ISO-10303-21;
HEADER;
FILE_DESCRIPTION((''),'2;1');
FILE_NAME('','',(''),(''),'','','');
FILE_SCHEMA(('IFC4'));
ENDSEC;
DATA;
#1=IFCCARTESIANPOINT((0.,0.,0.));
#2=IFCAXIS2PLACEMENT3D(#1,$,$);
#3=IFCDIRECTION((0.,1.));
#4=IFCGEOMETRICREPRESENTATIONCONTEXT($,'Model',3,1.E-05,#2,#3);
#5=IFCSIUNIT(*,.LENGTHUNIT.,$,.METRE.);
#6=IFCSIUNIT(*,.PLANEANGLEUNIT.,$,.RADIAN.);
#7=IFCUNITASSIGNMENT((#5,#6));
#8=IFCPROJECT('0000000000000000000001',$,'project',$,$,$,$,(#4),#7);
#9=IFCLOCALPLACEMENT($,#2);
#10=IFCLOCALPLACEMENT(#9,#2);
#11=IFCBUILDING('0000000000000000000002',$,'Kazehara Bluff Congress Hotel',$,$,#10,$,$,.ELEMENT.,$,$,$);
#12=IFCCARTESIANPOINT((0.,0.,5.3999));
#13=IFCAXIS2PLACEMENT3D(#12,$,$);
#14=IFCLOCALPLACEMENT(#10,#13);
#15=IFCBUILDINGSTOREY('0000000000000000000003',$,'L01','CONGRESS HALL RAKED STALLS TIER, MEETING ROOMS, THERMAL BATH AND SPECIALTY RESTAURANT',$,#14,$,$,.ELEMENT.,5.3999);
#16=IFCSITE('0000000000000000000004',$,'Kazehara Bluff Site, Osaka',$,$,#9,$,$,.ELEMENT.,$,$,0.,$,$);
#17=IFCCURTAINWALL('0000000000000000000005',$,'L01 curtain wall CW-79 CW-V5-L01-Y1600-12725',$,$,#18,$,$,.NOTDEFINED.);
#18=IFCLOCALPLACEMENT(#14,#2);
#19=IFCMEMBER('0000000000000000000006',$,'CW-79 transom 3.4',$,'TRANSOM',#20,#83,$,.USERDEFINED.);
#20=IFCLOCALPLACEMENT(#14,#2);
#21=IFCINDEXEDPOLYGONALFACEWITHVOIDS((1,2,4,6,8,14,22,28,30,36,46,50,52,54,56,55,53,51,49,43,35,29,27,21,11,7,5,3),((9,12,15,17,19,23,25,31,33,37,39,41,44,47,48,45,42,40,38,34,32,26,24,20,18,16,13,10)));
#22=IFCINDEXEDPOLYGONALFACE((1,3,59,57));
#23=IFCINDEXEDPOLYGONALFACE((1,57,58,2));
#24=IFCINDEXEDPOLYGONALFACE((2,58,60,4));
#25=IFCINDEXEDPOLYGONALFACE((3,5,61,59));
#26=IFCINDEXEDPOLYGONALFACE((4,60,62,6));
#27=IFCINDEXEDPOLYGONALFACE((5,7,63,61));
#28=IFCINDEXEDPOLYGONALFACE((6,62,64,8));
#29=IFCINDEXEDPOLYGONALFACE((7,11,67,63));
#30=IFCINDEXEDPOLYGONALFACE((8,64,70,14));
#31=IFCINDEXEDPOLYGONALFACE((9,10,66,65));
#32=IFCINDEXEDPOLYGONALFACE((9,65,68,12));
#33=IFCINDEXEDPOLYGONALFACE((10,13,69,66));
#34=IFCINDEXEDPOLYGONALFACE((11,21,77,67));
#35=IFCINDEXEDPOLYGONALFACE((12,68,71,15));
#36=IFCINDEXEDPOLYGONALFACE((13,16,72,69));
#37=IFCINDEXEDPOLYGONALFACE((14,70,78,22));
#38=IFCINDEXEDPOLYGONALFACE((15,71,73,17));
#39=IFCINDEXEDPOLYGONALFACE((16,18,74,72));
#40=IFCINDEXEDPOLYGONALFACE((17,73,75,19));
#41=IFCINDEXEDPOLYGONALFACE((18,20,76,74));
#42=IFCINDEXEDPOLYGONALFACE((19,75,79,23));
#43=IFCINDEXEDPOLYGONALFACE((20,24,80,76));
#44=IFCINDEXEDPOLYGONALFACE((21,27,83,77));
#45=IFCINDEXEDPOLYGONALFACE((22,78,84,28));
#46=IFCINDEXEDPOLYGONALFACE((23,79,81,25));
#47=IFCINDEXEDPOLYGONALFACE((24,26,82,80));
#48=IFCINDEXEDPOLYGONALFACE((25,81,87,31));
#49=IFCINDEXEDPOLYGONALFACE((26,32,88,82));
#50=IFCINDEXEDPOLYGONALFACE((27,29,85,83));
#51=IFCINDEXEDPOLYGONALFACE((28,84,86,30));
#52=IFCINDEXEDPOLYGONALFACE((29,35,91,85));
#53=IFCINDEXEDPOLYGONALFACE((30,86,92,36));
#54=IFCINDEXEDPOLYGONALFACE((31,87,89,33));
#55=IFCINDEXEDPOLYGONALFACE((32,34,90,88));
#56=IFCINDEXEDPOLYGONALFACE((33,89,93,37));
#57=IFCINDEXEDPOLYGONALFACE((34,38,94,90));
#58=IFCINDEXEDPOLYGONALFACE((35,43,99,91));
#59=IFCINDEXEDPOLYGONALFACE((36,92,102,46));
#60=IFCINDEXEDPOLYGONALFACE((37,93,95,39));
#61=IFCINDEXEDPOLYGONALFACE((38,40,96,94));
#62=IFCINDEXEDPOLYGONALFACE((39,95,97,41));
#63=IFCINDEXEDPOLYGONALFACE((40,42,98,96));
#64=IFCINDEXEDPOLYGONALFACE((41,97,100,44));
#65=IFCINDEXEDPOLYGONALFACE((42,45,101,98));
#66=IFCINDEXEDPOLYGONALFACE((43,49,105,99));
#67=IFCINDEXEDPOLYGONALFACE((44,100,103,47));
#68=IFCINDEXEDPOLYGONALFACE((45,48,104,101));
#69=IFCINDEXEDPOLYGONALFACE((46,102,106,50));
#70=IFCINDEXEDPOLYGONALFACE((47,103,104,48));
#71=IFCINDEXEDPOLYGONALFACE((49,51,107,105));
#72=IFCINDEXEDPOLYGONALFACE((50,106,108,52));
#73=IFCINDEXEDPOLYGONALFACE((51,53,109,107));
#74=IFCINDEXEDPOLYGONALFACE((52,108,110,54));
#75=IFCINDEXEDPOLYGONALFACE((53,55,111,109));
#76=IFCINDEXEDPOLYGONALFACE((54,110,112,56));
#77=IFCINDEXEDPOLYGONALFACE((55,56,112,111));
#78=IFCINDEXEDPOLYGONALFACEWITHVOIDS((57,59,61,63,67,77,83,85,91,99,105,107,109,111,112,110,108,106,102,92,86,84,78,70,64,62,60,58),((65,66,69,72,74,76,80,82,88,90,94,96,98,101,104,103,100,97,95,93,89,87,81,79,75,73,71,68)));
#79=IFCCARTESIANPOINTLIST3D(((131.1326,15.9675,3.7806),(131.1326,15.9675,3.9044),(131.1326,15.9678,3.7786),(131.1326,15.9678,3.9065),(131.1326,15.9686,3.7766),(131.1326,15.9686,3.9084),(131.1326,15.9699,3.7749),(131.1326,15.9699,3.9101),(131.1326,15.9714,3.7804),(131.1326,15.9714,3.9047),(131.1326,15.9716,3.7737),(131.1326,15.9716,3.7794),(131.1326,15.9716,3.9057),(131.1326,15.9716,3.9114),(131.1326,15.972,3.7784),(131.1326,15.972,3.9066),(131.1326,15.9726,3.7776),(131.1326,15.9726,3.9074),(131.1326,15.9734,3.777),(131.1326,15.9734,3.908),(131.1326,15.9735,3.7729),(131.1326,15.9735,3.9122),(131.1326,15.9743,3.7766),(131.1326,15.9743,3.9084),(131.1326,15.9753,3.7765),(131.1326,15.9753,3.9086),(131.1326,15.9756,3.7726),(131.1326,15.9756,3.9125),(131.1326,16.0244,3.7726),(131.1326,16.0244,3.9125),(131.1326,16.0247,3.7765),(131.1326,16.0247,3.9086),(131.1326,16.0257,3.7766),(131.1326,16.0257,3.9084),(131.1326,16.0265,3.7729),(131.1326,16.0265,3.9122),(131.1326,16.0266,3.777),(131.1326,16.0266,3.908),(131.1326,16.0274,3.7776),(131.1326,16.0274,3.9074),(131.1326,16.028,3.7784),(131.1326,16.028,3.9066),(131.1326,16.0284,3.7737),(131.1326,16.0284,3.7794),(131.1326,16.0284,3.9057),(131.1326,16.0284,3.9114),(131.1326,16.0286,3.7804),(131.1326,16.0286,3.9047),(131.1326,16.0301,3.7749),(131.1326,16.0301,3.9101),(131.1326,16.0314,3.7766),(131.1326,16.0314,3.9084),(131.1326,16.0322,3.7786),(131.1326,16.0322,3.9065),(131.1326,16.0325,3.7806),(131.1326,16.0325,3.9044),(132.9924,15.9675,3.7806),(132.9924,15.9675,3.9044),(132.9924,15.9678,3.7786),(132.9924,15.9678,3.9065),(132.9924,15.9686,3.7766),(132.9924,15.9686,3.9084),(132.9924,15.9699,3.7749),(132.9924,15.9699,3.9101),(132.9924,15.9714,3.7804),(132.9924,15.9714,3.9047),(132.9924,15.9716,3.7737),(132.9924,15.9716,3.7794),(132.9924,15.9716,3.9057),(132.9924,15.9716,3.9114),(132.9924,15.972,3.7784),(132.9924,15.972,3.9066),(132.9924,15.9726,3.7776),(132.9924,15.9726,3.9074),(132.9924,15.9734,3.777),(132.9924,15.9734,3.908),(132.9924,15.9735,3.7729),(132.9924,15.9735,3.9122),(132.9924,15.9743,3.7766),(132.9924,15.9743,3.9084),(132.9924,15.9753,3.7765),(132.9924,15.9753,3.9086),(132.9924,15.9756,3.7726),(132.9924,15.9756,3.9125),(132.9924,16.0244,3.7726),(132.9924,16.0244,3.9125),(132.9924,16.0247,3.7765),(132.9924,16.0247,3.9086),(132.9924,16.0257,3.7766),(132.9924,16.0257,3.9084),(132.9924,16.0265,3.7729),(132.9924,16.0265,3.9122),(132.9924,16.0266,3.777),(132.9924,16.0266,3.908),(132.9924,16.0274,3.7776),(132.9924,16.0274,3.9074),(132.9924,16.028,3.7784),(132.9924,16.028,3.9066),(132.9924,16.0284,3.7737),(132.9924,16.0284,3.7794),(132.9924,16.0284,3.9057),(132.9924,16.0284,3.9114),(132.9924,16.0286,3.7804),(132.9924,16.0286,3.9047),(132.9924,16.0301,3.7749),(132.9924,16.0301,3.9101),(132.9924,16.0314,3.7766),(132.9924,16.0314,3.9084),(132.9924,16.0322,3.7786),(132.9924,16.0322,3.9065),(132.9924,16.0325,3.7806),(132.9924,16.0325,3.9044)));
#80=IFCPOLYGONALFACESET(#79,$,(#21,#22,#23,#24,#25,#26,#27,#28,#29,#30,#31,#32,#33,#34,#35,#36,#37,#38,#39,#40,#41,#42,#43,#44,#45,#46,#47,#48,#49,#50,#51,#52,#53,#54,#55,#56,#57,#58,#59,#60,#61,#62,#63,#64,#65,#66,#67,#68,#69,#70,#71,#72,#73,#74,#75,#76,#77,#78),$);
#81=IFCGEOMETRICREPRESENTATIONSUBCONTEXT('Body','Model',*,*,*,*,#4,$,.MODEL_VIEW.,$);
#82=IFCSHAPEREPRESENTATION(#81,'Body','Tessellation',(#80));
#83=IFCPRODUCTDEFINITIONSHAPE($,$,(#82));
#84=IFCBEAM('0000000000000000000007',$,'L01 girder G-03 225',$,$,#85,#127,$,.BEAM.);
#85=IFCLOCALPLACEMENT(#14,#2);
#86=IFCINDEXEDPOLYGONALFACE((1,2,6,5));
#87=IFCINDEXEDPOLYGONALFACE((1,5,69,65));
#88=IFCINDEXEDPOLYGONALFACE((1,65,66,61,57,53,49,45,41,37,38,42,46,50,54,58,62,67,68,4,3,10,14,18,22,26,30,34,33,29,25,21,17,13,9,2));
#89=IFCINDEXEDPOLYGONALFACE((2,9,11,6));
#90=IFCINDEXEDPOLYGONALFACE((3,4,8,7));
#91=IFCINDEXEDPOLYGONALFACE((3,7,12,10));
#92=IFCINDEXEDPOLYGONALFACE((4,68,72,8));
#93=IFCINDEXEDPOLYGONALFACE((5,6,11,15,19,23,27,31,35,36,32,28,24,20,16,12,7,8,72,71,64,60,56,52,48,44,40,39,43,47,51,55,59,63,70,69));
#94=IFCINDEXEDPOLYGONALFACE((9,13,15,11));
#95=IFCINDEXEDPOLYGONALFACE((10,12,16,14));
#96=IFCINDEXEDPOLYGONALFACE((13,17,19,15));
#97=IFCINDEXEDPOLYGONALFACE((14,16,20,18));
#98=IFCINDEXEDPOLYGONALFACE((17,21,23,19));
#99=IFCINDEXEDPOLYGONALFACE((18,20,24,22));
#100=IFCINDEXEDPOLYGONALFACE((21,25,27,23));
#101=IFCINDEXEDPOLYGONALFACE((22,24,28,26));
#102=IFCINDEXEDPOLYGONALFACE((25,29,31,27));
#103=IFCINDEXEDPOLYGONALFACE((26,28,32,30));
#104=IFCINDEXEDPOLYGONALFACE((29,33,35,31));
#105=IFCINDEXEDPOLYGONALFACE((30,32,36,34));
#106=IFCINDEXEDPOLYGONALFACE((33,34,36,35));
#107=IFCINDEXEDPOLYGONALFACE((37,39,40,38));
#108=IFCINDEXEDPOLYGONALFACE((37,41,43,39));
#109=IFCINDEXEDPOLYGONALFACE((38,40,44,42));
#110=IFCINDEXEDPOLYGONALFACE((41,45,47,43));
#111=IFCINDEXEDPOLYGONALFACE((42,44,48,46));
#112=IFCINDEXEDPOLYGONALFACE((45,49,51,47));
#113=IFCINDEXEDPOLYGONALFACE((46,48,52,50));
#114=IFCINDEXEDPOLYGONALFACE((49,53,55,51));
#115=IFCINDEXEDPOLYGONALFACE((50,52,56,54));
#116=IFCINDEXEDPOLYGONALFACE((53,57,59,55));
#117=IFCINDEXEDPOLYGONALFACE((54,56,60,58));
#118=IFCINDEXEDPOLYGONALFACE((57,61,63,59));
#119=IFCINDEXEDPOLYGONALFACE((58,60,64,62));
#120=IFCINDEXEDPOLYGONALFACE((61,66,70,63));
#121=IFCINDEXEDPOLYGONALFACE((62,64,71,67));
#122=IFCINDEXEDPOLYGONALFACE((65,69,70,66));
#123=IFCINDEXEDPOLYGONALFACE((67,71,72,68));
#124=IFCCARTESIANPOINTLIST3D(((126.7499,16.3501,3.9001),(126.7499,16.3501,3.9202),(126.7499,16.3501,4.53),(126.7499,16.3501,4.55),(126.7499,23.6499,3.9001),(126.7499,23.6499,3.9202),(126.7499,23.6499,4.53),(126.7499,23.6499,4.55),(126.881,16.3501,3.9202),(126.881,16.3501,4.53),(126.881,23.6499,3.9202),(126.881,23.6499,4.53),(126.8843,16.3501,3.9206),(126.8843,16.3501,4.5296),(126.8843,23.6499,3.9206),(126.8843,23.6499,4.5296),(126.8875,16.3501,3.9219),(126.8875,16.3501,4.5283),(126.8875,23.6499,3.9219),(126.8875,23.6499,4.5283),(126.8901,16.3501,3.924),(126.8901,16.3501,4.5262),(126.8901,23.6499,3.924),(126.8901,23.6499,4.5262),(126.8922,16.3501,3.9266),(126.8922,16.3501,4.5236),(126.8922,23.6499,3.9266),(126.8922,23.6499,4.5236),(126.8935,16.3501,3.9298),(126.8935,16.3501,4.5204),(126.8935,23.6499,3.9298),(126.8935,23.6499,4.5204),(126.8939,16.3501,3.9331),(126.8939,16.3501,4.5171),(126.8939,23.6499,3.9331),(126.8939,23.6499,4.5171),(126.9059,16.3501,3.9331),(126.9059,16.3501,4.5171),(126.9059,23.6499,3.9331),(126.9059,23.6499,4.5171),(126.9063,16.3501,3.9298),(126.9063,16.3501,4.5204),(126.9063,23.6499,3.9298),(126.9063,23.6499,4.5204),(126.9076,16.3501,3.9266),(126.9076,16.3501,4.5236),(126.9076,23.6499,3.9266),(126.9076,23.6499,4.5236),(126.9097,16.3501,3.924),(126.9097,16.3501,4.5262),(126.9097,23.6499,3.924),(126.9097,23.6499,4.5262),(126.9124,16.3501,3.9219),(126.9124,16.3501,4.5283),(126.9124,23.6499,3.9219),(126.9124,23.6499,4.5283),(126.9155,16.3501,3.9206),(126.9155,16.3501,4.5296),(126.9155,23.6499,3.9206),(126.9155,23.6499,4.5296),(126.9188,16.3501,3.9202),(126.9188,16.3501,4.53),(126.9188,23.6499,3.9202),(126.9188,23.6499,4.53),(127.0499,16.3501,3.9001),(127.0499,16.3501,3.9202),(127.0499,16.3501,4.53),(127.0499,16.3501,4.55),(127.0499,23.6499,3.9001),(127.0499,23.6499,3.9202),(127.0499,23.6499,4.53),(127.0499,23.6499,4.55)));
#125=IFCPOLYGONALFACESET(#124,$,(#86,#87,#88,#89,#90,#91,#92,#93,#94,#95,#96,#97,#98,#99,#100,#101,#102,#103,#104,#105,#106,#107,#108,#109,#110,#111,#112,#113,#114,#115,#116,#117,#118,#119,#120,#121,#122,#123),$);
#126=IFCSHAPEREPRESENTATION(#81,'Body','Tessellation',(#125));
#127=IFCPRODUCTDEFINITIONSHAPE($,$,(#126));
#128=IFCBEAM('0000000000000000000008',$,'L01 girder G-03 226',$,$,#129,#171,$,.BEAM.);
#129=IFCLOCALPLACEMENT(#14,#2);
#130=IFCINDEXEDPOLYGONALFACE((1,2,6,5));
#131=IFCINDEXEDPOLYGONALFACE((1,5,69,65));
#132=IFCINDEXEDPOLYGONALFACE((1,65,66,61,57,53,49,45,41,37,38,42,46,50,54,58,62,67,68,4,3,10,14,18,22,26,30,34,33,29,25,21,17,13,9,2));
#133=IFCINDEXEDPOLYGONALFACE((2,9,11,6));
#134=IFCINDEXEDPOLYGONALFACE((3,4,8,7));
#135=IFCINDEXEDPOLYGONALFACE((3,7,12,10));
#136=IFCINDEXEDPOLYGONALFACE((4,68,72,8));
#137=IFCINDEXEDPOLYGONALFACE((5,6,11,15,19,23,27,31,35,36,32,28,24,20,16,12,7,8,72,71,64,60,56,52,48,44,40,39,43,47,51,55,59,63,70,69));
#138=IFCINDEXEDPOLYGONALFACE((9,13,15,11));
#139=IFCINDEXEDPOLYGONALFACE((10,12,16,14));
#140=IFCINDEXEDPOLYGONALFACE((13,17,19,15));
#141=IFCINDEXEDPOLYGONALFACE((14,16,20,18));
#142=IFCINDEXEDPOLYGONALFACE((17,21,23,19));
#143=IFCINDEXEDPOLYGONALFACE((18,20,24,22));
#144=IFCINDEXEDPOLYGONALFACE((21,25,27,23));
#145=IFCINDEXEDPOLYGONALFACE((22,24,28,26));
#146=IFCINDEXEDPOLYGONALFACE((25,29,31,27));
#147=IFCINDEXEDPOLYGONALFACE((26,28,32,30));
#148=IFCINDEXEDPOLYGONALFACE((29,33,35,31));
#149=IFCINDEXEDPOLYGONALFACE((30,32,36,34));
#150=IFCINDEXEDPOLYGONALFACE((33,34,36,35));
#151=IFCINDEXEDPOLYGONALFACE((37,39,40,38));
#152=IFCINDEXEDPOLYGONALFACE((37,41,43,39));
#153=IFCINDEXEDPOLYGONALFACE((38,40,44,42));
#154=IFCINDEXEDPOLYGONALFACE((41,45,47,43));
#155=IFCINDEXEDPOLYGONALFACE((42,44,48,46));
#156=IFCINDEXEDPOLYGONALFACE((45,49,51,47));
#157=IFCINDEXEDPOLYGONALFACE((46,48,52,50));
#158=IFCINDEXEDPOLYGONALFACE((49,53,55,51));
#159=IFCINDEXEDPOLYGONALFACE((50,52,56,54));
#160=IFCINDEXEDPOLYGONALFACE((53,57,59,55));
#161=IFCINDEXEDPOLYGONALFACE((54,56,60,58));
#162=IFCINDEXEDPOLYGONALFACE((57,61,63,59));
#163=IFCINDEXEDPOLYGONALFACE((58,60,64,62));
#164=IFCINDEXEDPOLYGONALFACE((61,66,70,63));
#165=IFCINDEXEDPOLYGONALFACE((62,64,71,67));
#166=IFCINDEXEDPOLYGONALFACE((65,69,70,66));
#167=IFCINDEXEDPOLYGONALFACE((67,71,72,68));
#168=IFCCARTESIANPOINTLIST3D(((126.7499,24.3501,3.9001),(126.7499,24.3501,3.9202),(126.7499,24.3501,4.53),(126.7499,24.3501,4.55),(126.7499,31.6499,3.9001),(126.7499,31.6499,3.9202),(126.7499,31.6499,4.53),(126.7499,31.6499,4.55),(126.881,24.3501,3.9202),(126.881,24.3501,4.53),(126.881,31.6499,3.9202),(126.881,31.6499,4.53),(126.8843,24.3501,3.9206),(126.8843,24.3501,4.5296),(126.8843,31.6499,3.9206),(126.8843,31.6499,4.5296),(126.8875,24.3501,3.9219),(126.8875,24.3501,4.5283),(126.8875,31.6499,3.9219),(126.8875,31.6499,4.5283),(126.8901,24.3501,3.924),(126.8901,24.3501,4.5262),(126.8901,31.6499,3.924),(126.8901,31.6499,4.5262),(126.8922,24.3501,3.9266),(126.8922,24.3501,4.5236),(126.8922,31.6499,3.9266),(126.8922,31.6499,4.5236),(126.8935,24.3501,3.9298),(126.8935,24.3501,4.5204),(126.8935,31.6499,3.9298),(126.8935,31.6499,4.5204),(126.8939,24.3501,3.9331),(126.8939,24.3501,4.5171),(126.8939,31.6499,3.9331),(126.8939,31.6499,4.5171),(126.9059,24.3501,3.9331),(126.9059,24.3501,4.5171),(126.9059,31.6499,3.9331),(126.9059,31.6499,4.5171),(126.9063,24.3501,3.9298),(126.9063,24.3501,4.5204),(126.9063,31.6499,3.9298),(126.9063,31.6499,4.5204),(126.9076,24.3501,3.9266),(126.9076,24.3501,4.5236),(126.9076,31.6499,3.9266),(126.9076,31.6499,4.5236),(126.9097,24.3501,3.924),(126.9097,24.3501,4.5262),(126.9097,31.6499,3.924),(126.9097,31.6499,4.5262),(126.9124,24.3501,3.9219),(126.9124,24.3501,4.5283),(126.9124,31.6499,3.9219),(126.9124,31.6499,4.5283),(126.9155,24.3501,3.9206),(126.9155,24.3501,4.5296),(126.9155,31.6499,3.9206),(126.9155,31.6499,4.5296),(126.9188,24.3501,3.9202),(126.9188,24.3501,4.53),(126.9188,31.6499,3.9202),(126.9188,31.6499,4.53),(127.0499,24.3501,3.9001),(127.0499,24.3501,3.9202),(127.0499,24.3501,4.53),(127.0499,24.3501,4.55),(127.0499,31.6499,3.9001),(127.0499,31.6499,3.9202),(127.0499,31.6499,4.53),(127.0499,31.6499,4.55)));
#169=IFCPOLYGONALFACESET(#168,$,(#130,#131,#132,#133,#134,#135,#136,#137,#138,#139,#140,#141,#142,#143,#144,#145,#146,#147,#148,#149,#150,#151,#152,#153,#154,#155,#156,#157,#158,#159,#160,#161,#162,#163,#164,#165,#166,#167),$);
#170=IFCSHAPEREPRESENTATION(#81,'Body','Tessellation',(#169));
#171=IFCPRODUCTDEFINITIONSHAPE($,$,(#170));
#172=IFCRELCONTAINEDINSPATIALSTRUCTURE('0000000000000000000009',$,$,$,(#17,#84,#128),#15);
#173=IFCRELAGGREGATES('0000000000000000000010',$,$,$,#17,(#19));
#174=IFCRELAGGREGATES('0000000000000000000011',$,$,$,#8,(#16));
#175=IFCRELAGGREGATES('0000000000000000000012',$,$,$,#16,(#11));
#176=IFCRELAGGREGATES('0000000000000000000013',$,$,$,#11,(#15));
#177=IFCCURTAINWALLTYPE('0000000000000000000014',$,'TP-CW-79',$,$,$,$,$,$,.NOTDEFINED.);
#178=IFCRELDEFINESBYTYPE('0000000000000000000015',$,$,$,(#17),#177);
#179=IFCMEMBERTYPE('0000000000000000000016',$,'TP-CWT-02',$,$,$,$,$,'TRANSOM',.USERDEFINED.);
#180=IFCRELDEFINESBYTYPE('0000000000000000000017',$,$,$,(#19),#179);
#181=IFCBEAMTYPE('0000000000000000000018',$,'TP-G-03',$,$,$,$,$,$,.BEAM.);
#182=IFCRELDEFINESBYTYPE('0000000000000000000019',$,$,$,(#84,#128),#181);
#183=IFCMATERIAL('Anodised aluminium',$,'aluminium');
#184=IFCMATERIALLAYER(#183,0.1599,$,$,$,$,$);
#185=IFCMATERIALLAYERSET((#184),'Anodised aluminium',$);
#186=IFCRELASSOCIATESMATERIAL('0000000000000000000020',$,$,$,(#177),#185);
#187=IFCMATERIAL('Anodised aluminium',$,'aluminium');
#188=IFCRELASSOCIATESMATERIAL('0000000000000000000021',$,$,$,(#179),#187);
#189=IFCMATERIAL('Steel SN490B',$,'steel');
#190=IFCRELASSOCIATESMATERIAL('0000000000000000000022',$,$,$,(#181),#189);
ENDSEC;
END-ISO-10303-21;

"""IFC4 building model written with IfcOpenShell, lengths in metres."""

from ifc_helpers import new_model, si_unit, direction, frame, origin, origin_2d, place, context, subcontext, project, spatial, hollow_rectangle, i_section, extrude, material, layer, layer_set, material_profile, profile_set, type_object, element, aggregate, save


model = new_model("IFC4")

# Units and contexts
model_context = context("Model", 3, precision=1e-05, world=origin(), true_north=direction((0.0, 1.0)))
body_context = subcontext(model_context, "Body", "Model", "MODEL_VIEW")
ifc_project = project(units=[si_unit("LENGTHUNIT", "METRE"), si_unit("PLANEANGLEUNIT", "RADIAN")], contexts=[model_context])

# Site, building, storey
site_placement = place(None, origin())
site = spatial("IfcSite", under=ifc_project, at=site_placement, Name="Kazehara Bluff Site, Osaka", CompositionType="ELEMENT", RefElevation=0.0)
building_placement = place(site_placement, origin())
building = spatial("IfcBuilding", under=site, at=building_placement, Name="Kazehara Bluff Congress Hotel", CompositionType="ELEMENT")
storey_placement = place(building_placement, frame((0.0, 0.0, 5.3999)))
storey = spatial("IfcBuildingStorey", under=building, at=storey_placement, Name="L01", Description="CONGRESS HALL RAKED STALLS TIER, MEETING ROOMS, THERMAL BATH AND SPECIALTY RESTAURANT", CompositionType="ELEMENT", Elevation=5.3999)

# Curtain wall, member
ifc_material_1 = material(Name="Anodised aluminium", Category="aluminium")
ifc_layer_1 = layer(ifc_material_1, 0.1599)
ifc_layer_set_1 = layer_set([ifc_layer_1], Name="Anodised aluminium")
curtain_wall_type = type_object("IfcCurtainWallType", Name="TP-CW-79", PredefinedType="NOTDEFINED", material=ifc_layer_set_1)
curtain_wall_placement = place(storey_placement, origin())
curtain_wall = element("IfcCurtainWall", 1, at=curtain_wall_placement, inside=storey, type_object=curtain_wall_type, Name="L01 curtain wall CW-79 CW-V5-L01-Y1600-12725", PredefinedType="NOTDEFINED")
ifc_material_2 = material(Name="Anodised aluminium", Category="aluminium")
ifc_material_profile_1 = material_profile(ifc_material_2, hollow_rectangle(XDim=0.0649, YDim=0.1399, WallThickness=0.0039, InnerFilletRadius=0.0039, OuterFilletRadius=0.0081, at=origin_2d()))
ifc_profile_set_1 = profile_set([ifc_material_profile_1], Name="Anodised aluminium")
member_type_1 = type_object("IfcMemberType", Name="TP-CWT-02", ElementType="TRANSOM", PredefinedType="USERDEFINED", material=ifc_profile_set_1)
member_1_placement = place(storey_placement, frame((131.1326, 16.0, 3.8425), z_axis=(1.0, 0.0, 0.0), x_axis=(0.0, 1.0, 0.0)))
member_1 = element("IfcMember", 2, at=member_1_placement, type_object=member_type_1, Name="CW-79 transom 3.4", ObjectType="TRANSOM", PredefinedType="USERDEFINED", context=body_context, shape_type="SweptSolid", body=[
    extrude(hollow_rectangle(XDim=0.0649, YDim=0.1399, WallThickness=0.0039, InnerFilletRadius=0.0039, OuterFilletRadius=0.0081, at=origin_2d()), origin(), (0.0, 0.0, 1.0), 1.8599),
])

# Beams
ifc_material_3 = material(Name="Steel SN490B", Category="steel")
ifc_material_profile_2 = material_profile(ifc_material_3, i_section(OverallWidth=0.3, OverallDepth=0.6499, WebThickness=0.012, FlangeThickness=0.02, FilletRadius=0.0129, at=origin_2d()))
ifc_profile_set_2 = profile_set([ifc_material_profile_2], Name="Steel SN490B")
beam_type_1 = type_object("IfcBeamType", Name="TP-G-03", PredefinedType="BEAM", material=ifc_profile_set_2)
for number, where, z_axis, x_axis, name in (
    (3, (126.8999, 16.3501, 4.2251), (0.0, 1.0, 0.0), (-1.0, 0.0, 0.0), "L01 girder G-03 225"),
    (4, (126.8999, 24.3501, 4.2251), (0.0, 1.0, 0.0), (-1.0, 0.0, 0.0), "L01 girder G-03 226"),
):
    element("IfcBeam", number, at=place(storey_placement, frame(where, z_axis=z_axis, x_axis=x_axis)), inside=storey, type_object=beam_type_1, Name=name, PredefinedType="BEAM", context=body_context, shape_type="SweptSolid", body=[
        extrude(i_section(OverallWidth=0.3, OverallDepth=0.6499, WebThickness=0.012, FlangeThickness=0.02, FilletRadius=0.0129, at=origin_2d()), origin(), (0.0, 0.0, 1.0), 7.2998),
    ])

aggregate(curtain_wall, [member_1])

save(model, "model.ifc")
